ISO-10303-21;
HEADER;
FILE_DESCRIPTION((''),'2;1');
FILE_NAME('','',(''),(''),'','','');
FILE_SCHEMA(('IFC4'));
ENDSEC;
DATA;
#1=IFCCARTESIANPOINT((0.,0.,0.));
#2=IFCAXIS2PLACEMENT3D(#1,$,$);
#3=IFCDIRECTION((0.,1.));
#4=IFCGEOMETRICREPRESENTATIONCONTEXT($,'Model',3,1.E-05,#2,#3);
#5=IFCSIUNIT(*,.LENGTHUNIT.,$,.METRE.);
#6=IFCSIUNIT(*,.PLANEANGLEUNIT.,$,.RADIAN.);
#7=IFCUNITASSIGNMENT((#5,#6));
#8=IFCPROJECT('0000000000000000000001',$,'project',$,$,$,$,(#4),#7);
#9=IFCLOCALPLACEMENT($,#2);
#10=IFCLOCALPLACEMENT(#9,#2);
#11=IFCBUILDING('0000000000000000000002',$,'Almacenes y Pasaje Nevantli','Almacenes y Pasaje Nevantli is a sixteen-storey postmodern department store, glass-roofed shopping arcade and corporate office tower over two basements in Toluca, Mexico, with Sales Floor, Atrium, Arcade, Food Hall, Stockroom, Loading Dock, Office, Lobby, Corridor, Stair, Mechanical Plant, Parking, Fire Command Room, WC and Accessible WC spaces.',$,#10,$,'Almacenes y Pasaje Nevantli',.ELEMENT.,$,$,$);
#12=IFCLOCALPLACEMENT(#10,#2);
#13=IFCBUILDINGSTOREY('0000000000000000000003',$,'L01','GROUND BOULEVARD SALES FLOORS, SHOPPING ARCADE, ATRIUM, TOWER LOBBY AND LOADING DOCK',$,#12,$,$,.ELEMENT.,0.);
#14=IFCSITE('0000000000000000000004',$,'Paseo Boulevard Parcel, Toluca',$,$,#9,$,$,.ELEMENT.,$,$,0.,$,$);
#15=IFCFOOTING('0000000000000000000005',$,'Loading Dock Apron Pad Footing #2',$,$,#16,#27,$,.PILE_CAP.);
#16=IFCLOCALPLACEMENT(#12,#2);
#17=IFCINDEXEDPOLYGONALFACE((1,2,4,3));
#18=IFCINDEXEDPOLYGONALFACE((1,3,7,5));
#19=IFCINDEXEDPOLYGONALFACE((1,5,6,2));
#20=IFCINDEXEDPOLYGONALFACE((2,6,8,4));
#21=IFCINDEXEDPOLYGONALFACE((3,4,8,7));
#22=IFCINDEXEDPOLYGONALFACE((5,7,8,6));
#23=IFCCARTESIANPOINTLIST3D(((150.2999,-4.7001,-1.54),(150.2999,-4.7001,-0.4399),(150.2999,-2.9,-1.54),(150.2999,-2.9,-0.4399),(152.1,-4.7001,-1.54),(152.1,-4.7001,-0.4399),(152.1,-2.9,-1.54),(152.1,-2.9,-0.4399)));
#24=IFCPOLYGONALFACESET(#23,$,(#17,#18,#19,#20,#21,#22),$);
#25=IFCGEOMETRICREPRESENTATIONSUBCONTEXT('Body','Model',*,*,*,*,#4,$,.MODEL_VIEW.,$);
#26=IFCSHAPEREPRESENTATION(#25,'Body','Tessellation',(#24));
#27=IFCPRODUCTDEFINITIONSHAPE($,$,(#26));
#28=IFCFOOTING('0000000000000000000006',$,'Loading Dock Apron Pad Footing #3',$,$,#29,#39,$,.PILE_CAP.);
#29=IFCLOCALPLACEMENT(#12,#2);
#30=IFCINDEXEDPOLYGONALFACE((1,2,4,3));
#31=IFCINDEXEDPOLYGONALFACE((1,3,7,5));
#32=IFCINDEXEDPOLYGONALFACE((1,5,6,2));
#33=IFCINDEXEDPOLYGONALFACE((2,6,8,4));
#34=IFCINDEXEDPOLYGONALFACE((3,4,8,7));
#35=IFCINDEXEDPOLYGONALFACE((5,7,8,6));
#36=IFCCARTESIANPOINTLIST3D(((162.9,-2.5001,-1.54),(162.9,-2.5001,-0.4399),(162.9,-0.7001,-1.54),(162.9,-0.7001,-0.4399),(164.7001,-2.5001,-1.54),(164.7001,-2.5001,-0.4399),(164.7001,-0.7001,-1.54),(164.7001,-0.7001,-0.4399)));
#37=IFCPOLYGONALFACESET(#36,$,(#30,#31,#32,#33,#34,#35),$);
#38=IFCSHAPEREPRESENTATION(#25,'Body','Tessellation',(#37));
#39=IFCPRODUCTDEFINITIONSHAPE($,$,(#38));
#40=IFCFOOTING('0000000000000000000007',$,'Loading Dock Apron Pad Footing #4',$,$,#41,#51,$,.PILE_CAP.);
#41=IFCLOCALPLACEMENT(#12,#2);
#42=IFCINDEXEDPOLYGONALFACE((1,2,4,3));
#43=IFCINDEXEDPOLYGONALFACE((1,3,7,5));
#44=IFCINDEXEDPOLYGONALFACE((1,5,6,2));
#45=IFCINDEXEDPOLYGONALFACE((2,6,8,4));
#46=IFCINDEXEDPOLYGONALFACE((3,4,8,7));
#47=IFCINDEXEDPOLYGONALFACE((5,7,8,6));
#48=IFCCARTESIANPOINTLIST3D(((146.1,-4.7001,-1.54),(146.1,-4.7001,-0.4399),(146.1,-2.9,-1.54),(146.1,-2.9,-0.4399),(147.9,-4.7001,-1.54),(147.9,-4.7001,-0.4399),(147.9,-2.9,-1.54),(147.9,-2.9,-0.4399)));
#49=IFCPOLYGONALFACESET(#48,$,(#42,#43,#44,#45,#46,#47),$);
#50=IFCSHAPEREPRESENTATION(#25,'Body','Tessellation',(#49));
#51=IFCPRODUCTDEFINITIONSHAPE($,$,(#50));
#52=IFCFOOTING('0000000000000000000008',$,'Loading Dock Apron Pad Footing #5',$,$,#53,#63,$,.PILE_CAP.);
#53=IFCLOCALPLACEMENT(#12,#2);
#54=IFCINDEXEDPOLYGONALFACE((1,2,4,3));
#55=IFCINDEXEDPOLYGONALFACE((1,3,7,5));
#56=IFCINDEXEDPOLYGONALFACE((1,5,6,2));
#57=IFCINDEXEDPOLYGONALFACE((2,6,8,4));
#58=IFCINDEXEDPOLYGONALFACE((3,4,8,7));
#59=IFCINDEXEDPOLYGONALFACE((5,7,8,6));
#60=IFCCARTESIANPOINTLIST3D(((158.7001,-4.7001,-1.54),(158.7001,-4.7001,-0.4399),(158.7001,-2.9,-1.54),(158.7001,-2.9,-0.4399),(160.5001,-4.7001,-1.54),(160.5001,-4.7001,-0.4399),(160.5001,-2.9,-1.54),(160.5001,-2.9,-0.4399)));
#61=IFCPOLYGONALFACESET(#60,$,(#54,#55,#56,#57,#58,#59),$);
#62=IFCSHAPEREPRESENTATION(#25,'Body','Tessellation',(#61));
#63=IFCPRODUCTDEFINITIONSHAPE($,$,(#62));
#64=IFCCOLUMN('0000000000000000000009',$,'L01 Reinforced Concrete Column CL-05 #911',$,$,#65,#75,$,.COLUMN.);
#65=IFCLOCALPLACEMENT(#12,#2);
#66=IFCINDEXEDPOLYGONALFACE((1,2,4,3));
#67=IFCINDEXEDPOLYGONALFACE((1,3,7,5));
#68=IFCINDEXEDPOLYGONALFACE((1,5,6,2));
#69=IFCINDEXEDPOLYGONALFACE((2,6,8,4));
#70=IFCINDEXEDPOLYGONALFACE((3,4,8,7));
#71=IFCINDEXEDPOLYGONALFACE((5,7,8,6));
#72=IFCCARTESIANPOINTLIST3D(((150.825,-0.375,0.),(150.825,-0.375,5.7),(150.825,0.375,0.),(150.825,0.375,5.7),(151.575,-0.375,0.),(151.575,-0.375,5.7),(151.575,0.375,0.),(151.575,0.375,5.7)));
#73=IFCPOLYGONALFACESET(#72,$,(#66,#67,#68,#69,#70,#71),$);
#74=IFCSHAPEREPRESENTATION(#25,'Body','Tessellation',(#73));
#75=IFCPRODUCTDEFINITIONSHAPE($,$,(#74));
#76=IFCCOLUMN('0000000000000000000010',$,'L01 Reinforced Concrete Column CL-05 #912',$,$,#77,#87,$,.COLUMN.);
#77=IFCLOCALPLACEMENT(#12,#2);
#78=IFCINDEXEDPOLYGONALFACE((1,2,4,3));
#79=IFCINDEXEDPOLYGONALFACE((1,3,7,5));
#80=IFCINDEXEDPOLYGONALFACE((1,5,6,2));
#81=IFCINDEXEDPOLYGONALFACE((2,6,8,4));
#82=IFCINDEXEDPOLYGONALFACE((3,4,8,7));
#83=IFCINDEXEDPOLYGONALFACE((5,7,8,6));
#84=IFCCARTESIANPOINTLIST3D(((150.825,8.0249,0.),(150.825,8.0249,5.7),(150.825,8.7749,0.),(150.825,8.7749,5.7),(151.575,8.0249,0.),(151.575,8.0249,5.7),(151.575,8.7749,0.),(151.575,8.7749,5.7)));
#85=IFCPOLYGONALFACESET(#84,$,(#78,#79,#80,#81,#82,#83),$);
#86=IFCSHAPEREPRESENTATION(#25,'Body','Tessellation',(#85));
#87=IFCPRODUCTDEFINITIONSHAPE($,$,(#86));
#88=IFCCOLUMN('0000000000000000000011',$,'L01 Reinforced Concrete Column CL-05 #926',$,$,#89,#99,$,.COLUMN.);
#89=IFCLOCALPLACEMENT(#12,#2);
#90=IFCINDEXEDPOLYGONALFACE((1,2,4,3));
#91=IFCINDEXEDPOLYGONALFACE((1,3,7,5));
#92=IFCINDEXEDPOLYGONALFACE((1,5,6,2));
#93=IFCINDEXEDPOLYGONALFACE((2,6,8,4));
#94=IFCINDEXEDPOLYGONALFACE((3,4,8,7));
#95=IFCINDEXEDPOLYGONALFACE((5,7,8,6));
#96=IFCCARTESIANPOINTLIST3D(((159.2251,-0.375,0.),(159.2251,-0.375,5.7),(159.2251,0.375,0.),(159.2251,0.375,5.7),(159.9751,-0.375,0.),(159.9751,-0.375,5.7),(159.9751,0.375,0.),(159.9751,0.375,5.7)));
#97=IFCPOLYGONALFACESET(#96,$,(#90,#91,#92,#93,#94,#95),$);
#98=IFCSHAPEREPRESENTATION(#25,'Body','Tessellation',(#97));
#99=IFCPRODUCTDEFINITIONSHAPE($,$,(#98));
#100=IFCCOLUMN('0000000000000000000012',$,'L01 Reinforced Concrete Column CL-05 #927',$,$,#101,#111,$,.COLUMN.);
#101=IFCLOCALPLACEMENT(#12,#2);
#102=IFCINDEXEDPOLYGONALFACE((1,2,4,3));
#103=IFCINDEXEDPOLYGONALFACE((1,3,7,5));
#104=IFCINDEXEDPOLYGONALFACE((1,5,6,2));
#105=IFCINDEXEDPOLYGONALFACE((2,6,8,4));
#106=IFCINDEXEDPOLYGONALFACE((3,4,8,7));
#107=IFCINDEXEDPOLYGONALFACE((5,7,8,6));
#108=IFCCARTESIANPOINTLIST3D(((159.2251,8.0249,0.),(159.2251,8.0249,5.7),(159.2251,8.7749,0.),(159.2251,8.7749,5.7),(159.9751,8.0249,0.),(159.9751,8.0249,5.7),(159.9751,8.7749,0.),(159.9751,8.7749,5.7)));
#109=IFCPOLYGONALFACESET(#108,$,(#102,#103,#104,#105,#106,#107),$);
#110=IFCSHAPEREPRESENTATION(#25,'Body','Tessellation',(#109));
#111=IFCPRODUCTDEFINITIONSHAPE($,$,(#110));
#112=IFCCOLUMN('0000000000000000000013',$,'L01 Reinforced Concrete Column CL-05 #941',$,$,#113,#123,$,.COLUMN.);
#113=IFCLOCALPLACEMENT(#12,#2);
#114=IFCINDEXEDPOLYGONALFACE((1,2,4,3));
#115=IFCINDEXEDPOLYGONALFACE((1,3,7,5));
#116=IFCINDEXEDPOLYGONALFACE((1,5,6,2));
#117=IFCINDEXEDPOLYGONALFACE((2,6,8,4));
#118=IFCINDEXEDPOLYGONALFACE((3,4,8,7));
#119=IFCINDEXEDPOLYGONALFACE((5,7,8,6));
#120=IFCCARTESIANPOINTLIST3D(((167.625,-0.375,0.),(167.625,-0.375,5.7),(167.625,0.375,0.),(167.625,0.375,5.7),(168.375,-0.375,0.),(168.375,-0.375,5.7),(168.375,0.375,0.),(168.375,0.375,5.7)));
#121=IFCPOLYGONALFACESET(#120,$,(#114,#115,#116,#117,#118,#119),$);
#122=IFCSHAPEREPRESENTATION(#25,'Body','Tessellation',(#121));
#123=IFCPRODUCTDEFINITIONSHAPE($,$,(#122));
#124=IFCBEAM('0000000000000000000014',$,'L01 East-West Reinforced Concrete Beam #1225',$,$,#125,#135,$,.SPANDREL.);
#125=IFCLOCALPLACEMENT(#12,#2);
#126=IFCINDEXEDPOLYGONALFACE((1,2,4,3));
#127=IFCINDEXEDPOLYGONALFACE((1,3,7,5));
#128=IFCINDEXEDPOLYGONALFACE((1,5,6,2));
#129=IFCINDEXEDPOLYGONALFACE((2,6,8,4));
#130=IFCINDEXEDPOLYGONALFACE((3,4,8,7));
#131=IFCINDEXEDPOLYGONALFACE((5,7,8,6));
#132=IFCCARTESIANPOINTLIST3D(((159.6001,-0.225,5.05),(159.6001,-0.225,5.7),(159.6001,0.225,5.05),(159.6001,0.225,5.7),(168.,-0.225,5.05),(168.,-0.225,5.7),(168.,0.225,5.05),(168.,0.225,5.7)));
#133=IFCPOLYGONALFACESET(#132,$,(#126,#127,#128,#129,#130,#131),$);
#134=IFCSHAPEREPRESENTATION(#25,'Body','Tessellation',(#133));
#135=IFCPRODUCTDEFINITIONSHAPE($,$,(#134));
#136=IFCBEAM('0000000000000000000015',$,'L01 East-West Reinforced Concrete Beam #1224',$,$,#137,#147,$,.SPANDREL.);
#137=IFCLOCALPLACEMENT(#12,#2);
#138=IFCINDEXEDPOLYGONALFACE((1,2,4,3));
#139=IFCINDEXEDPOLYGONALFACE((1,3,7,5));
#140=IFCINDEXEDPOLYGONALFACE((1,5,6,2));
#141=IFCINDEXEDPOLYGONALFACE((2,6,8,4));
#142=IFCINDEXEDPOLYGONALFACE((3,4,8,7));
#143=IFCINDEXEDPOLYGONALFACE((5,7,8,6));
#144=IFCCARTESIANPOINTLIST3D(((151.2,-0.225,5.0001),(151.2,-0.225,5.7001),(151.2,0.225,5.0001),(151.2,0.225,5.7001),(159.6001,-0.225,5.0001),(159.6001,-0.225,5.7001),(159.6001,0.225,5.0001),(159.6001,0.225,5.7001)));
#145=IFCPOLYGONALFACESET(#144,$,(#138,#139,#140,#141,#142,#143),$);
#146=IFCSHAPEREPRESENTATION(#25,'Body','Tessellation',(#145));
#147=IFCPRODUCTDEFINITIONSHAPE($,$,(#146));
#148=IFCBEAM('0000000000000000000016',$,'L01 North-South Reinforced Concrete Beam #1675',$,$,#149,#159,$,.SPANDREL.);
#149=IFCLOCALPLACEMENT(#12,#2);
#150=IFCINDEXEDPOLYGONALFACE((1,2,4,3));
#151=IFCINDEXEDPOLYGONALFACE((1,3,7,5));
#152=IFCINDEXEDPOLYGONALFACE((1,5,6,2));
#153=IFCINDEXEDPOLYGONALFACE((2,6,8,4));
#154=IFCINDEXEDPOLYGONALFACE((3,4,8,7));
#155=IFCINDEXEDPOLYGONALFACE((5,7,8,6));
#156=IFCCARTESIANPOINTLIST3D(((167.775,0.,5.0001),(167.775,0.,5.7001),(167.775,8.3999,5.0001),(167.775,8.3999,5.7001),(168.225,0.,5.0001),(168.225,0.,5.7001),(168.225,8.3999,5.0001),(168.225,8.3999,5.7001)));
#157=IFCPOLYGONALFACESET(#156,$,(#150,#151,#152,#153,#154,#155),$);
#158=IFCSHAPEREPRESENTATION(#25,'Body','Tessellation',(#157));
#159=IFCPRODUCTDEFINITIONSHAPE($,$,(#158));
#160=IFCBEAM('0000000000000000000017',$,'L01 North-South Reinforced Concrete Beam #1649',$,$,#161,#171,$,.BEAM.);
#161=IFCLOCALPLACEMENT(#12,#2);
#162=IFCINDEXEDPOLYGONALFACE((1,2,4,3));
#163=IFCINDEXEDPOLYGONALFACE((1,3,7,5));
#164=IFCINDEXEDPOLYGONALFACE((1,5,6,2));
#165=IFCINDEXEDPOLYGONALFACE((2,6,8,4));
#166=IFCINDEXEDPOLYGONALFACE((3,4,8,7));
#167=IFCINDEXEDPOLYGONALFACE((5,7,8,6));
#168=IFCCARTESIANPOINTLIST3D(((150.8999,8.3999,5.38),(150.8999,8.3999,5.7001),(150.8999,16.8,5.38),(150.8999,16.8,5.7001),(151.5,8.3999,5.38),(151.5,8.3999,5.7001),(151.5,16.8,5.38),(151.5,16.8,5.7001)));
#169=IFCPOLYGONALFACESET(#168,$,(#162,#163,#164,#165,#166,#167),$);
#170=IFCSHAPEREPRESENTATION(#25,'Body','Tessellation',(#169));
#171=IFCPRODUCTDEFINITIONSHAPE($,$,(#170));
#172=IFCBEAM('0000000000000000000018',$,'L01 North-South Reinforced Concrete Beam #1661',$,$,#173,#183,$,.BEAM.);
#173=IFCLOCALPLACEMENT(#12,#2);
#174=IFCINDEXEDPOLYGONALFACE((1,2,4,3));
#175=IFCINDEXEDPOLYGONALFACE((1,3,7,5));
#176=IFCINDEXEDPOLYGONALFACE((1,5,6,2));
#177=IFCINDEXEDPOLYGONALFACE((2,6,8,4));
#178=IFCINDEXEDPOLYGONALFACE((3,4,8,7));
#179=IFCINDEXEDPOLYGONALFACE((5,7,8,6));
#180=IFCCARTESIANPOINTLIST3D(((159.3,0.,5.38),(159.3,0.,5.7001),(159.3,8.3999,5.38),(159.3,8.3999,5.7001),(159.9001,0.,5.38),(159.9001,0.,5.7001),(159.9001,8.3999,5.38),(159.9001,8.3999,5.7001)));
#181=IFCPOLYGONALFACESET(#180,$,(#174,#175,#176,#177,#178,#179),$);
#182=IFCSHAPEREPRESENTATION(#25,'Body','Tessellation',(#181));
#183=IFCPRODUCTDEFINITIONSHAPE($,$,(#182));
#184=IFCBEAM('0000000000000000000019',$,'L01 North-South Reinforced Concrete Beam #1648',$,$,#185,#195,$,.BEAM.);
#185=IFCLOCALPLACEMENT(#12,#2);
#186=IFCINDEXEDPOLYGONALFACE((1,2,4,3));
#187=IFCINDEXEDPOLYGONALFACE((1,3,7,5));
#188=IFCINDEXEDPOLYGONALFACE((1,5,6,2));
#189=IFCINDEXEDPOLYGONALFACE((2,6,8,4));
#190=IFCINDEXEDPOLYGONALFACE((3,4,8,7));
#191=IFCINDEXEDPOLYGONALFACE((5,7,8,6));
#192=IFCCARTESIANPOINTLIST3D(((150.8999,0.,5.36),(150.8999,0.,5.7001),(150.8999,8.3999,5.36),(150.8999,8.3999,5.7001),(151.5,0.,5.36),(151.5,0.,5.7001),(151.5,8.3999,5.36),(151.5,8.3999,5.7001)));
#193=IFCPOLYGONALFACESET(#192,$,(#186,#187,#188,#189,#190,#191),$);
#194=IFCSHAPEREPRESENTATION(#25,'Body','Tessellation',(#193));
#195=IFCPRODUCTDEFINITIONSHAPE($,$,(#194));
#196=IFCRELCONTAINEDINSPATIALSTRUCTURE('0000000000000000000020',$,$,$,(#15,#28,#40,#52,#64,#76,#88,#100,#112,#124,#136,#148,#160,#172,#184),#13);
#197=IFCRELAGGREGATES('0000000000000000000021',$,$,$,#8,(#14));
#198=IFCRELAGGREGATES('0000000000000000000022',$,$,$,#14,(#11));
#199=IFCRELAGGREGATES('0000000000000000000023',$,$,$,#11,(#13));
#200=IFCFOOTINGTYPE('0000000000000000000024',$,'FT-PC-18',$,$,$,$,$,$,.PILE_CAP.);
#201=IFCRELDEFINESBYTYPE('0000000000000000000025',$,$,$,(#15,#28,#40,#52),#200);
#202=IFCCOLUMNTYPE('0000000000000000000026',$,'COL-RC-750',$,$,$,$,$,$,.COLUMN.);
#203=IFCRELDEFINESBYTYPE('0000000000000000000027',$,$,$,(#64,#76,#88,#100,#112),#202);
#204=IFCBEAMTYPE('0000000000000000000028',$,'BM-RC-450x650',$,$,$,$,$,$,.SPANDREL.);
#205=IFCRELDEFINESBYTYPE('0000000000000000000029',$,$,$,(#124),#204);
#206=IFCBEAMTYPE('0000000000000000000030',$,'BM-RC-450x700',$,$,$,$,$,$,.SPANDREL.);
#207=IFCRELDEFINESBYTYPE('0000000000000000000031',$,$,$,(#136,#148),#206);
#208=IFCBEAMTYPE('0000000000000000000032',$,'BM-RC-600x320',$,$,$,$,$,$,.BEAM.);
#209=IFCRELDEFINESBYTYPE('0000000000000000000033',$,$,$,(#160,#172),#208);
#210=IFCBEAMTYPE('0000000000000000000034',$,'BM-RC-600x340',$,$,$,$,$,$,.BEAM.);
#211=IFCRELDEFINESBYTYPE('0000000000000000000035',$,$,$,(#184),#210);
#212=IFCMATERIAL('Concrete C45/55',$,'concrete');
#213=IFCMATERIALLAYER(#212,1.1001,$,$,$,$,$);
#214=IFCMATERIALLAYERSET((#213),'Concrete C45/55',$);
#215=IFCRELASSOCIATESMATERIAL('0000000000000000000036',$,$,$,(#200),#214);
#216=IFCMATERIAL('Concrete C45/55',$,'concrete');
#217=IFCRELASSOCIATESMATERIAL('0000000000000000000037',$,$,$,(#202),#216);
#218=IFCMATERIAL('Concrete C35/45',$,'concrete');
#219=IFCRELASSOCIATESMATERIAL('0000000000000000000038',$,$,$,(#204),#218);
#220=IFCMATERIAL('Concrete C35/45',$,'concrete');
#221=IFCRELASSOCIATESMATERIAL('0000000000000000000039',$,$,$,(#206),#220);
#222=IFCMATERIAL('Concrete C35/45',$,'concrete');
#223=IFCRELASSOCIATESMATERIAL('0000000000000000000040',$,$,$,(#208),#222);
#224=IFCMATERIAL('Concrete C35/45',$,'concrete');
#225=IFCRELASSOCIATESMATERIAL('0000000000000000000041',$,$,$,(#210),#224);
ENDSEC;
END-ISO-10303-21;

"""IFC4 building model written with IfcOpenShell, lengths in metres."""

from ifc_helpers import new_model, si_unit, direction, frame, origin, origin_2d, place, context, subcontext, project, spatial, rectangle, extrude, material, layer, layer_set, material_profile, profile_set, type_object, element, save


model = new_model("IFC4")

# Units and contexts
model_context = context("Model", 3, precision=1e-05, world=origin(), true_north=direction((0.0, 1.0)))
body_context = subcontext(model_context, "Body", "Model", "MODEL_VIEW")
ifc_project = project(units=[si_unit("LENGTHUNIT", "METRE"), si_unit("PLANEANGLEUNIT", "RADIAN")], contexts=[model_context])

# Site, building, storey
site_placement = place(None, origin())
site = spatial("IfcSite", under=ifc_project, at=site_placement, Name="Paseo Boulevard Parcel, Toluca", CompositionType="ELEMENT", RefElevation=0.0)
building_placement = place(site_placement, origin())
building = spatial("IfcBuilding", under=site, at=building_placement, Name="Almacenes y Pasaje Nevantli", Description="Almacenes y Pasaje Nevantli is a sixteen-storey postmodern department store, glass-roofed shopping arcade and corporate office tower over two basements in Toluca, Mexico, with Sales Floor, Atrium, Arcade, Food Hall, Stockroom, Loading Dock, Office, Lobby, Corridor, Stair, Mechanical Plant, Parking, Fire Command Room, WC and Accessible WC spaces.", LongName="Almacenes y Pasaje Nevantli", CompositionType="ELEMENT")
storey_placement = place(building_placement, origin())
storey = spatial("IfcBuildingStorey", under=building, at=storey_placement, Name="L01", Description="GROUND BOULEVARD SALES FLOORS, SHOPPING ARCADE, ATRIUM, TOWER LOBBY AND LOADING DOCK", CompositionType="ELEMENT", Elevation=0.0)

# Footings
ifc_material_1 = material(Name="Concrete C45/55", Category="concrete")
ifc_layer_1 = layer(ifc_material_1, 1.1001)
ifc_layer_set_1 = layer_set([ifc_layer_1], Name="Concrete C45/55")
footing_type = type_object("IfcFootingType", Name="FT-PC-18", PredefinedType="PILE_CAP", material=ifc_layer_set_1)
for number, where, z_axis, x_axis, name in (
    (1, (151.2, -3.8, -1.54), (0.0, 0.0, 1.0), (1.0, 0.0, 0.0), "Loading Dock Apron Pad Footing #2"),
    (2, (163.8, -1.6001, -1.54), (0.0, 0.0, 1.0), (1.0, 0.0, 0.0), "Loading Dock Apron Pad Footing #3"),
    (3, (147.0, -3.8, -1.54), (0.0, 0.0, 1.0), (1.0, 0.0, 0.0), "Loading Dock Apron Pad Footing #4"),
    (4, (159.6001, -3.8, -1.54), (0.0, 0.0, 1.0), (1.0, 0.0, 0.0), "Loading Dock Apron Pad Footing #5"),
):
    element("IfcFooting", number, at=place(storey_placement, frame(where, z_axis=z_axis, x_axis=x_axis)), inside=storey, type_object=footing_type, Name=name, PredefinedType="PILE_CAP", context=body_context, shape_type="SweptSolid", body=[
        extrude(rectangle(XDim=1.8, YDim=1.8, at=origin_2d()), origin(), (0.0, 0.0, 1.0), 1.1001),
    ])

# Columns
ifc_material_2 = material(Name="Concrete C45/55", Category="concrete")
ifc_material_profile_1 = material_profile(ifc_material_2, rectangle(XDim=0.75, YDim=0.75, at=origin_2d()), Name="RC-COL-750x750")
ifc_profile_set_1 = profile_set([ifc_material_profile_1], Name="Concrete C45/55")
column_type = type_object("IfcColumnType", Name="COL-RC-750", PredefinedType="COLUMN", material=ifc_profile_set_1)
for number, where, z_axis, x_axis, name in (
    (5, (151.2, 0.0, 0.0), (0.0, 0.0, 1.0), (1.0, 0.0, 0.0), "L01 Reinforced Concrete Column CL-05 #911"),
    (6, (151.2, 8.3999, 0.0), (0.0, 0.0, 1.0), (1.0, 0.0, 0.0), "L01 Reinforced Concrete Column CL-05 #912"),
    (7, (159.6001, 0.0, 0.0), (0.0, 0.0, 1.0), (1.0, 0.0, 0.0), "L01 Reinforced Concrete Column CL-05 #926"),
    (8, (159.6001, 8.3999, 0.0), (0.0, 0.0, 1.0), (1.0, 0.0, 0.0), "L01 Reinforced Concrete Column CL-05 #927"),
    (9, (168.0, 0.0, 0.0), (0.0, 0.0, 1.0), (1.0, 0.0, 0.0), "L01 Reinforced Concrete Column CL-05 #941"),
):
    element("IfcColumn", number, at=place(storey_placement, frame(where, z_axis=z_axis, x_axis=x_axis)), inside=storey, type_object=column_type, Name=name, PredefinedType="COLUMN", context=body_context, shape_type="SweptSolid", body=[
        extrude(rectangle(XDim=0.75, YDim=0.75, at=origin_2d()), origin(), (0.0, 0.0, 1.0), 5.7),
    ])

# Beams
ifc_material_3 = material(Name="Concrete C35/45", Category="concrete")
ifc_material_profile_2 = material_profile(ifc_material_3, rectangle(XDim=0.45, YDim=0.6499, at=origin_2d()), Name="RC-BM-450x650")
ifc_profile_set_2 = profile_set([ifc_material_profile_2], Name="Concrete C35/45")
beam_type_1 = type_object("IfcBeamType", Name="BM-RC-450x650", PredefinedType="SPANDREL", material=ifc_profile_set_2)
beam_1_placement = place(storey_placement, frame((159.6001, 0.0, 5.375), z_axis=(1.0, 0.0, 0.0), x_axis=(0.0, 1.0, 0.0)))
element("IfcBeam", 10, at=beam_1_placement, inside=storey, type_object=beam_type_1, Name="L01 East-West Reinforced Concrete Beam #1225", PredefinedType="SPANDREL", context=body_context, shape_type="SweptSolid", body=[
    extrude(rectangle(XDim=0.45, YDim=0.6499, at=origin_2d()), origin(), (0.0, 0.0, 1.0), 8.3999),
])
ifc_material_4 = material(Name="Concrete C35/45", Category="concrete")
ifc_material_profile_3 = material_profile(ifc_material_4, rectangle(XDim=0.45, YDim=0.7, at=origin_2d()), Name="RC-BM-450x700")
ifc_profile_set_3 = profile_set([ifc_material_profile_3], Name="Concrete C35/45")
beam_type_2 = type_object("IfcBeamType", Name="BM-RC-450x700", PredefinedType="SPANDREL", material=ifc_profile_set_3)
beam_2_placement = place(storey_placement, frame((151.2, 0.0, 5.3501), z_axis=(1.0, 0.0, 0.0), x_axis=(0.0, 1.0, 0.0)))
element("IfcBeam", 11, at=beam_2_placement, inside=storey, type_object=beam_type_2, Name="L01 East-West Reinforced Concrete Beam #1224", PredefinedType="SPANDREL", context=body_context, shape_type="SweptSolid", body=[
    extrude(rectangle(XDim=0.45, YDim=0.7, at=origin_2d()), origin(), (0.0, 0.0, 1.0), 8.4001),
])
beam_3_placement = place(storey_placement, frame((168.0, 0.0, 5.3501), z_axis=(0.0, 1.0, 0.0), x_axis=(-1.0, 0.0, 0.0)))
element("IfcBeam", 12, at=beam_3_placement, inside=storey, type_object=beam_type_2, Name="L01 North-South Reinforced Concrete Beam #1675", PredefinedType="SPANDREL", context=body_context, shape_type="SweptSolid", body=[
    extrude(rectangle(XDim=0.45, YDim=0.7, at=origin_2d()), origin(), (0.0, 0.0, 1.0), 8.3999),
])
ifc_material_5 = material(Name="Concrete C35/45", Category="concrete")
ifc_material_profile_4 = material_profile(ifc_material_5, rectangle(XDim=0.6001, YDim=0.3201, at=origin_2d()), Name="RC-BM-600x320")
ifc_profile_set_4 = profile_set([ifc_material_profile_4], Name="Concrete C35/45")
beam_type_3 = type_object("IfcBeamType", Name="BM-RC-600x320", PredefinedType="BEAM", material=ifc_profile_set_4)
beam_4_placement = place(storey_placement, frame((151.2, 8.3999, 5.54), z_axis=(0.0, 1.0, 0.0), x_axis=(-1.0, 0.0, 0.0)))
element("IfcBeam", 13, at=beam_4_placement, inside=storey, type_object=beam_type_3, Name="L01 North-South Reinforced Concrete Beam #1649", PredefinedType="BEAM", context=body_context, shape_type="SweptSolid", body=[
    extrude(rectangle(XDim=0.6001, YDim=0.3201, at=origin_2d()), origin(), (0.0, 0.0, 1.0), 8.4001),
])
beam_5_placement = place(storey_placement, frame((159.6001, 0.0, 5.54), z_axis=(0.0, 1.0, 0.0), x_axis=(-1.0, 0.0, 0.0)))
element("IfcBeam", 14, at=beam_5_placement, inside=storey, type_object=beam_type_3, Name="L01 North-South Reinforced Concrete Beam #1661", PredefinedType="BEAM", context=body_context, shape_type="SweptSolid", body=[
    extrude(rectangle(XDim=0.6001, YDim=0.3201, at=origin_2d()), origin(), (0.0, 0.0, 1.0), 8.3999),
])
ifc_material_6 = material(Name="Concrete C35/45", Category="concrete")
ifc_material_profile_5 = material_profile(ifc_material_6, rectangle(XDim=0.6001, YDim=0.3401, at=origin_2d()), Name="RC-BM-600x340")
ifc_profile_set_5 = profile_set([ifc_material_profile_5], Name="Concrete C35/45")
beam_type_4 = type_object("IfcBeamType", Name="BM-RC-600x340", PredefinedType="BEAM", material=ifc_profile_set_5)
beam_6_placement = place(storey_placement, frame((151.2, 0.0, 5.53), z_axis=(0.0, 1.0, 0.0), x_axis=(-1.0, 0.0, 0.0)))
element("IfcBeam", 15, at=beam_6_placement, inside=storey, type_object=beam_type_4, Name="L01 North-South Reinforced Concrete Beam #1648", PredefinedType="BEAM", context=body_context, shape_type="SweptSolid", body=[
    extrude(rectangle(XDim=0.6001, YDim=0.3401, at=origin_2d()), origin(), (0.0, 0.0, 1.0), 8.3999),
])

save(model, "model.ifc")
